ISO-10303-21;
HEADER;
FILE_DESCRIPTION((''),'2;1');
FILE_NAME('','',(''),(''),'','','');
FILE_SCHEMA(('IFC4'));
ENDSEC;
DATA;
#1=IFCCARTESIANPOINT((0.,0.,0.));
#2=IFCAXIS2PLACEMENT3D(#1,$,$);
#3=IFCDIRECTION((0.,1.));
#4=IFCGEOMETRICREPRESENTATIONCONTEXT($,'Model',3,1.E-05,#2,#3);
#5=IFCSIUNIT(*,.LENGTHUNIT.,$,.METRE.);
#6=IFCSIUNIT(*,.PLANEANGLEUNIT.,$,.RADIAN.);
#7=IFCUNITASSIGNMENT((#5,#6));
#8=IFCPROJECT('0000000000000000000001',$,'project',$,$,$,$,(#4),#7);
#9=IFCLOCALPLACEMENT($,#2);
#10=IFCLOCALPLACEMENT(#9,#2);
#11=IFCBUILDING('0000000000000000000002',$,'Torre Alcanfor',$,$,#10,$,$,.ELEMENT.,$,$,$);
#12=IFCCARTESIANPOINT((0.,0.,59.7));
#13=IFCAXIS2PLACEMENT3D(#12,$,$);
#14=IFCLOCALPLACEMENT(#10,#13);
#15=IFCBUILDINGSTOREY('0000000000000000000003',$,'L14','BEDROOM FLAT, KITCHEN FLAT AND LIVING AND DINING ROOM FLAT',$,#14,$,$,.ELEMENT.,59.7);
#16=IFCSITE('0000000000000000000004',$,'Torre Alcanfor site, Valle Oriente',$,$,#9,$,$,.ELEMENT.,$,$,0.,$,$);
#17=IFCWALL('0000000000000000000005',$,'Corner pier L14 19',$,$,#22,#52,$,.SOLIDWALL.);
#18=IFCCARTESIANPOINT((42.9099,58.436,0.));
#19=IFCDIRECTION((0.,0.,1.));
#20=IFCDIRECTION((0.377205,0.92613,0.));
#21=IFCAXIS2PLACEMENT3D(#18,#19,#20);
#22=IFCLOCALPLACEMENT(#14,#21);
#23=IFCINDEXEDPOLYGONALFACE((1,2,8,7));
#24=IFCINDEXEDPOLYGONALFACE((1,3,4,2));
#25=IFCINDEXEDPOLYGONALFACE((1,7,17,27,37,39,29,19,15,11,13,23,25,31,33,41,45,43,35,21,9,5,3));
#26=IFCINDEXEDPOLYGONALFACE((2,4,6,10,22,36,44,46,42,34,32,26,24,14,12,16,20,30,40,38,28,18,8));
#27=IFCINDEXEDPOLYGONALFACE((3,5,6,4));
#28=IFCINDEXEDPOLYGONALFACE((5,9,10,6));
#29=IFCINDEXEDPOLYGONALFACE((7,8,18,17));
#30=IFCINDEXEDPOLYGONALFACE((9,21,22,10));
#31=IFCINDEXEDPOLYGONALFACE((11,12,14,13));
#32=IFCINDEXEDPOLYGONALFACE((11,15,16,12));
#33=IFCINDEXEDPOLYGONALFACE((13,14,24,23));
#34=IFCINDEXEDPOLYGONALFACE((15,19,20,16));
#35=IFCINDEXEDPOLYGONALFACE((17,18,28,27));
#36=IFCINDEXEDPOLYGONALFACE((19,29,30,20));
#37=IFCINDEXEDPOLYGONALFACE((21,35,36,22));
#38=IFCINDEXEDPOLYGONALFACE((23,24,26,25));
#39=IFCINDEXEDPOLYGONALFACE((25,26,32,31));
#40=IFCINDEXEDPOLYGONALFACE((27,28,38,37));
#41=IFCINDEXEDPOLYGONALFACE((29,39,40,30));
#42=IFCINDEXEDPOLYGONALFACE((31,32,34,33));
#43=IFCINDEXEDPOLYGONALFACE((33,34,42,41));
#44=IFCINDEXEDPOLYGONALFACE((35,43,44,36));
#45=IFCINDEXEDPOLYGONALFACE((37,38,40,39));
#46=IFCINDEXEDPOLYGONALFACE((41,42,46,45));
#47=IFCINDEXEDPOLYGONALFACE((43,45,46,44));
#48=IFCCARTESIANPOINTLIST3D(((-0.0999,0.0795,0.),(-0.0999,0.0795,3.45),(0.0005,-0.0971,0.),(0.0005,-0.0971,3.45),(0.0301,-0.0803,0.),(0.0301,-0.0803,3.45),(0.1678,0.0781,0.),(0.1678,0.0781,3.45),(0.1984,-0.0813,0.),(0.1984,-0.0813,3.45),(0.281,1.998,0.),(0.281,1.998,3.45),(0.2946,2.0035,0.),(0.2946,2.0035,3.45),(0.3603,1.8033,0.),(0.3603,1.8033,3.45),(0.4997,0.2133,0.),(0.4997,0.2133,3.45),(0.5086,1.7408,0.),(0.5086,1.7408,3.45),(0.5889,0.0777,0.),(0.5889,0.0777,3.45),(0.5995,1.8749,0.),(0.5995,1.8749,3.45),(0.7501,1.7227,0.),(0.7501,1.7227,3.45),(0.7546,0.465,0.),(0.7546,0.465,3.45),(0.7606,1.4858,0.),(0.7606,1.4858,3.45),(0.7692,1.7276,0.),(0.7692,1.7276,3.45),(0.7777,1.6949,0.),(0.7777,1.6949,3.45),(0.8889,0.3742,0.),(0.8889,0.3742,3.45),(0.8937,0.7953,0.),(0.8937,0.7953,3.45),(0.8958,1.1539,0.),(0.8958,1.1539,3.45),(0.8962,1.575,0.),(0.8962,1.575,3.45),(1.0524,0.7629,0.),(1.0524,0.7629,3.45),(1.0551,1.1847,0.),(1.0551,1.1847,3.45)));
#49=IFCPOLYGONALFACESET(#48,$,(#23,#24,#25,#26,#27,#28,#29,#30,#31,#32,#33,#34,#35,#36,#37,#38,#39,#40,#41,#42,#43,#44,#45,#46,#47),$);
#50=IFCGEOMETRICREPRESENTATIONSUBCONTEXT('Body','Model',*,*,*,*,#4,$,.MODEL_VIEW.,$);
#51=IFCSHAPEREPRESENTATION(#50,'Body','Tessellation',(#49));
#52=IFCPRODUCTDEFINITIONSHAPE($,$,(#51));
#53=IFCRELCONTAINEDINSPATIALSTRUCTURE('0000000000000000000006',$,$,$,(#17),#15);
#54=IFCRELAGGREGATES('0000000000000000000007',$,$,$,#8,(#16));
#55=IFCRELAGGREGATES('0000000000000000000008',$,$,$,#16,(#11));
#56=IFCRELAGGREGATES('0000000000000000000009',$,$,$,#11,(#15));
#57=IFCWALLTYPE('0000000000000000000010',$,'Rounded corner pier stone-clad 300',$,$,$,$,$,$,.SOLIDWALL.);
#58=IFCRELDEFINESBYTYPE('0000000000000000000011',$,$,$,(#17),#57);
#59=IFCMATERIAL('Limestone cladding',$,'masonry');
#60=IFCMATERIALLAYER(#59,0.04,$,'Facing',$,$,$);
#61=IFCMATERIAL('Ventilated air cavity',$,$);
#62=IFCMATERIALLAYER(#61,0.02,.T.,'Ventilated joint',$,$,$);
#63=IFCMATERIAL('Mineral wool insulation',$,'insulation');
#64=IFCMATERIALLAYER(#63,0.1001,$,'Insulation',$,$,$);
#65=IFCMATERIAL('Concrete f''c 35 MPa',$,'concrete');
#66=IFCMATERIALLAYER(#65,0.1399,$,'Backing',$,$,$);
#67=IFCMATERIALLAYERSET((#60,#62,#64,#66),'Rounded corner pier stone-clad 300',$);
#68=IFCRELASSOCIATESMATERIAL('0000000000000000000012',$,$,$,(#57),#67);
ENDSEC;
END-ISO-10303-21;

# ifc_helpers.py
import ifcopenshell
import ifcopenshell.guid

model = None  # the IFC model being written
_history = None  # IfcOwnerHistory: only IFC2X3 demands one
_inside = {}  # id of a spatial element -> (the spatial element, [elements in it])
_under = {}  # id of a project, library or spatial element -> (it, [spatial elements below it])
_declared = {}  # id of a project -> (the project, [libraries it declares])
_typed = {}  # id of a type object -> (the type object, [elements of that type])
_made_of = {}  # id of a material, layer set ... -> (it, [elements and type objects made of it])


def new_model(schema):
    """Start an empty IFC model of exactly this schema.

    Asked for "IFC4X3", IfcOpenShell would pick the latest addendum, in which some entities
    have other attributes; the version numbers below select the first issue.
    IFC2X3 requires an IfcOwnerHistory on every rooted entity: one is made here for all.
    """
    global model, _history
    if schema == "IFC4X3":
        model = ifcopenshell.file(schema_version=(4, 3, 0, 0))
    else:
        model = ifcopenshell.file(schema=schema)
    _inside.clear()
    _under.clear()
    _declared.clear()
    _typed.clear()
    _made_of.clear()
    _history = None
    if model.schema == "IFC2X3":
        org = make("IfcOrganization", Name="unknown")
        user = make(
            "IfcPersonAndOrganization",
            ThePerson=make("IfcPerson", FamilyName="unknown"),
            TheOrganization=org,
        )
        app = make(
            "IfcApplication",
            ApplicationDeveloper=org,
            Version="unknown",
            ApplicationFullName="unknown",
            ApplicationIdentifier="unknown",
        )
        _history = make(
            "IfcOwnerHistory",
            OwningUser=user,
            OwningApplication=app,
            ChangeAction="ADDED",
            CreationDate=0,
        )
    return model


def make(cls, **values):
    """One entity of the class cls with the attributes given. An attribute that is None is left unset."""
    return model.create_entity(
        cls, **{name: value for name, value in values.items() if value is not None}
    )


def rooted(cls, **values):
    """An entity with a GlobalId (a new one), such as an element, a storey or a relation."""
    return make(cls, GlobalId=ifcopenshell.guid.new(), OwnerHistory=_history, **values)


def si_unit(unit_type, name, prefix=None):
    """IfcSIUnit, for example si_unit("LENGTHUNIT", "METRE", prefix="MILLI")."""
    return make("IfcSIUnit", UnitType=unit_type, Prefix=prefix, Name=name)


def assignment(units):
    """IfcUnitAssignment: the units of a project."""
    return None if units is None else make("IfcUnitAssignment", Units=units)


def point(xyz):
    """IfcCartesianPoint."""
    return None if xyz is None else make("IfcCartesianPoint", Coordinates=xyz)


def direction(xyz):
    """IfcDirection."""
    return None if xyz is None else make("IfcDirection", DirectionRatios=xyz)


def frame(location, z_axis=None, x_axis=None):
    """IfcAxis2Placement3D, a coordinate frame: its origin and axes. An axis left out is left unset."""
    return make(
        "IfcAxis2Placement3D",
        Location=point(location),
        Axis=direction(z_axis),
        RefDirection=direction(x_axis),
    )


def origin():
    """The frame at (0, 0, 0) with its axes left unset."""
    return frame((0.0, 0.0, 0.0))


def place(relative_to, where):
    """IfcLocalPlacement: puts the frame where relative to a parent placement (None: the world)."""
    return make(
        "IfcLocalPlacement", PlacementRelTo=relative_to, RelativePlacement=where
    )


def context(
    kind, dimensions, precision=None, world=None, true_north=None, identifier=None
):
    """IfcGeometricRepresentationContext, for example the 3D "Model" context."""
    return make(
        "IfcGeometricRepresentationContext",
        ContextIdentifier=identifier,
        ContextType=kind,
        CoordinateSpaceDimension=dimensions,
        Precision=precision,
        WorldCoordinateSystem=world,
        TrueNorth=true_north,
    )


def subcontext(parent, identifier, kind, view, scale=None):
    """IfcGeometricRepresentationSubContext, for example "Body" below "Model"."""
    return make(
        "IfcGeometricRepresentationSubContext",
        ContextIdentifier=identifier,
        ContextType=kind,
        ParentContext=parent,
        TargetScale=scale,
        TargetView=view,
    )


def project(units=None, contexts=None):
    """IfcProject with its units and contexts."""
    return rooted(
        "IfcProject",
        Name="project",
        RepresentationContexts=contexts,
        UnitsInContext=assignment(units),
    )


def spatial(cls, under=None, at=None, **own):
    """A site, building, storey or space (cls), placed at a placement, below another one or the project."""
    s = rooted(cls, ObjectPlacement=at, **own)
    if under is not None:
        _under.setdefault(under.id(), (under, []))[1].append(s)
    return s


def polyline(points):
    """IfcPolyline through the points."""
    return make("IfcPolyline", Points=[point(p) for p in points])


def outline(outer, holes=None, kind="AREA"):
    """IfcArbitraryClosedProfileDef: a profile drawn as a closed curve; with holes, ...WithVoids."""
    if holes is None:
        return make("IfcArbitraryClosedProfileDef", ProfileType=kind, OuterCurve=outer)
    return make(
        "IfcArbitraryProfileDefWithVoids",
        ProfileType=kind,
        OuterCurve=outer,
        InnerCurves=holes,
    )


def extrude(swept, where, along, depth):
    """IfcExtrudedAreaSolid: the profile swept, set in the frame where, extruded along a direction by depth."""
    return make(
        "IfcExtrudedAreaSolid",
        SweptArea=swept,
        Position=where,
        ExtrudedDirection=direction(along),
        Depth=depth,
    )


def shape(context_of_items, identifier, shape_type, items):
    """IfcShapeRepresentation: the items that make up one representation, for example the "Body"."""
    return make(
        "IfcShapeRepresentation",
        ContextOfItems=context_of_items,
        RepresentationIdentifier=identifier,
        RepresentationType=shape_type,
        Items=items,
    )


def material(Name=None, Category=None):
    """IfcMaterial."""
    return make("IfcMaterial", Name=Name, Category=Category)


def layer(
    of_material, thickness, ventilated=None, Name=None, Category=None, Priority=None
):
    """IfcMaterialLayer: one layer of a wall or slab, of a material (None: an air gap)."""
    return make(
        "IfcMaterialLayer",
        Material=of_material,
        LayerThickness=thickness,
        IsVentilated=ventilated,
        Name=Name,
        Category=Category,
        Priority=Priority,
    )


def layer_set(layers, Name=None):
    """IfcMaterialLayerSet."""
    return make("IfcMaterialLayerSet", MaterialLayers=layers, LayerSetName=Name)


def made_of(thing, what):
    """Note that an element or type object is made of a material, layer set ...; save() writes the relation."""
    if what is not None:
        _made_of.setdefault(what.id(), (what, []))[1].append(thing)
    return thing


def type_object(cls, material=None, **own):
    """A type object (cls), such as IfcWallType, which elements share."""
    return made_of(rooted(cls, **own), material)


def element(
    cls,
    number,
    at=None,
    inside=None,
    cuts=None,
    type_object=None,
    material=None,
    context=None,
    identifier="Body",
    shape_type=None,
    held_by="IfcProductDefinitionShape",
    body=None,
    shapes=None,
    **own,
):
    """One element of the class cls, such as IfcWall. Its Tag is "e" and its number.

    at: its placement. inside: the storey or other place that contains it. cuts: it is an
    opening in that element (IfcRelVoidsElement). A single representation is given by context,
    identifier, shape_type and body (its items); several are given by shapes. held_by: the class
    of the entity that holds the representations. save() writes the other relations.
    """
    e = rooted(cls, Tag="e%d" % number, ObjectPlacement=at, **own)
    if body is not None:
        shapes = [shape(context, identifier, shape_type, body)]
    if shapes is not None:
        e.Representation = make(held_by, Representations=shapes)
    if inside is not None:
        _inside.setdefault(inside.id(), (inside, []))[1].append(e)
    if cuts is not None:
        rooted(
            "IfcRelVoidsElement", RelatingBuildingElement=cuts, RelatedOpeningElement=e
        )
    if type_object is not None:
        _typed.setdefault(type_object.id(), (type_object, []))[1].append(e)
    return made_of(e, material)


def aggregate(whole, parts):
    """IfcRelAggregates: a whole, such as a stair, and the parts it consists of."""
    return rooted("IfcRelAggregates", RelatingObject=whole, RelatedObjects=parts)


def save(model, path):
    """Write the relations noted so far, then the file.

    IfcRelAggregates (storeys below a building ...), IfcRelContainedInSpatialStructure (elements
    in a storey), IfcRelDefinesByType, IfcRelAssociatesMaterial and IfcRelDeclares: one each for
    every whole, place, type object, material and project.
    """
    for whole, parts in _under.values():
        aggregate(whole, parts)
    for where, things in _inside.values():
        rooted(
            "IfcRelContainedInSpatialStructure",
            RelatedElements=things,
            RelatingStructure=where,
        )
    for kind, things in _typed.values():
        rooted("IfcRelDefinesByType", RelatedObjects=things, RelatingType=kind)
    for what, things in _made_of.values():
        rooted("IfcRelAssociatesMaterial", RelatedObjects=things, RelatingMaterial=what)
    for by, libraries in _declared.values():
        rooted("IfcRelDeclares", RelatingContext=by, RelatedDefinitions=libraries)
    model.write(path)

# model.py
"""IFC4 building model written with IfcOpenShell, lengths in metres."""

from ifc_helpers import new_model, si_unit, direction, frame, origin, place, context, subcontext, project, spatial, polyline, outline, extrude, material, layer, layer_set, type_object, element, save


model = new_model("IFC4")

# Units and contexts
model_context = context("Model", 3, precision=1e-05, world=origin(), true_north=direction((0.0, 1.0)))
body_context = subcontext(model_context, "Body", "Model", "MODEL_VIEW")
ifc_project = project(units=[si_unit("LENGTHUNIT", "METRE"), si_unit("PLANEANGLEUNIT", "RADIAN")], contexts=[model_context])

# Site, building, storey
site_placement = place(None, origin())
site = spatial("IfcSite", under=ifc_project, at=site_placement, Name="Torre Alcanfor site, Valle Oriente", CompositionType="ELEMENT", RefElevation=0.0)
building_placement = place(site_placement, origin())
building = spatial("IfcBuilding", under=site, at=building_placement, Name="Torre Alcanfor", CompositionType="ELEMENT")
storey_placement = place(building_placement, frame((0.0, 0.0, 59.7)))
storey = spatial("IfcBuildingStorey", under=building, at=storey_placement, Name="L14", Description="BEDROOM FLAT, KITCHEN FLAT AND LIVING AND DINING ROOM FLAT", CompositionType="ELEMENT", Elevation=59.7)

# Shared definitions
ifc_material_1 = material(Name="Limestone cladding", Category="masonry")
ifc_material_2 = material(Name="Ventilated air cavity")
ifc_material_3 = material(Name="Mineral wool insulation", Category="insulation")
ifc_material_4 = material(Name="Concrete f'c 35 MPa", Category="concrete")

# Wall
ifc_layer_1 = layer(ifc_material_1, 0.04, Name="Facing")
ifc_layer_2 = layer(ifc_material_2, 0.02, ventilated=True, Name="Ventilated joint")
ifc_layer_3 = layer(ifc_material_3, 0.1001, Name="Insulation")
ifc_layer_4 = layer(ifc_material_4, 0.1399, Name="Backing")
ifc_layer_set_1 = layer_set([ifc_layer_1, ifc_layer_2, ifc_layer_3, ifc_layer_4], Name="Rounded corner pier stone-clad 300")
wall_type_1 = type_object("IfcWallType", Name="Rounded corner pier stone-clad 300", PredefinedType="SOLIDWALL", material=ifc_layer_set_1)
wall_1_placement = place(storey_placement, frame((42.9099, 58.436, 0.0), z_axis=(0.0, 0.0, 1.0), x_axis=(0.377205, 0.92613, 0.0)))
element("IfcWall", 1, at=wall_1_placement, inside=storey, type_object=wall_type_1, Name="Corner pier L14 19", PredefinedType="SOLIDWALL", context=body_context, shape_type="SweptSolid", body=[
    extrude(outline(polyline([(0.7692, 1.7276), (0.7501, 1.7227), (0.5995, 1.8749), (0.2946, 2.0035), (0.281, 1.998), (0.3603, 1.8033), (0.5086, 1.7408), (0.7606, 1.4858), (0.8958, 1.1539), (0.8937, 0.7953), (0.7546, 0.465), (0.4997, 0.2133), (0.1678, 0.0781), (-0.0999, 0.0795), (0.0005, -0.0971), (0.0301, -0.0803), (0.1984, -0.0813), (0.5889, 0.0777), (0.8889, 0.3742), (1.0524, 0.7629), (1.0551, 1.1847), (0.8962, 1.575), (0.7777, 1.6949), (0.7692, 1.7276)])), origin(), (0.0, 0.0, 1.0), 3.45),
])

save(model, "model.ifc")
